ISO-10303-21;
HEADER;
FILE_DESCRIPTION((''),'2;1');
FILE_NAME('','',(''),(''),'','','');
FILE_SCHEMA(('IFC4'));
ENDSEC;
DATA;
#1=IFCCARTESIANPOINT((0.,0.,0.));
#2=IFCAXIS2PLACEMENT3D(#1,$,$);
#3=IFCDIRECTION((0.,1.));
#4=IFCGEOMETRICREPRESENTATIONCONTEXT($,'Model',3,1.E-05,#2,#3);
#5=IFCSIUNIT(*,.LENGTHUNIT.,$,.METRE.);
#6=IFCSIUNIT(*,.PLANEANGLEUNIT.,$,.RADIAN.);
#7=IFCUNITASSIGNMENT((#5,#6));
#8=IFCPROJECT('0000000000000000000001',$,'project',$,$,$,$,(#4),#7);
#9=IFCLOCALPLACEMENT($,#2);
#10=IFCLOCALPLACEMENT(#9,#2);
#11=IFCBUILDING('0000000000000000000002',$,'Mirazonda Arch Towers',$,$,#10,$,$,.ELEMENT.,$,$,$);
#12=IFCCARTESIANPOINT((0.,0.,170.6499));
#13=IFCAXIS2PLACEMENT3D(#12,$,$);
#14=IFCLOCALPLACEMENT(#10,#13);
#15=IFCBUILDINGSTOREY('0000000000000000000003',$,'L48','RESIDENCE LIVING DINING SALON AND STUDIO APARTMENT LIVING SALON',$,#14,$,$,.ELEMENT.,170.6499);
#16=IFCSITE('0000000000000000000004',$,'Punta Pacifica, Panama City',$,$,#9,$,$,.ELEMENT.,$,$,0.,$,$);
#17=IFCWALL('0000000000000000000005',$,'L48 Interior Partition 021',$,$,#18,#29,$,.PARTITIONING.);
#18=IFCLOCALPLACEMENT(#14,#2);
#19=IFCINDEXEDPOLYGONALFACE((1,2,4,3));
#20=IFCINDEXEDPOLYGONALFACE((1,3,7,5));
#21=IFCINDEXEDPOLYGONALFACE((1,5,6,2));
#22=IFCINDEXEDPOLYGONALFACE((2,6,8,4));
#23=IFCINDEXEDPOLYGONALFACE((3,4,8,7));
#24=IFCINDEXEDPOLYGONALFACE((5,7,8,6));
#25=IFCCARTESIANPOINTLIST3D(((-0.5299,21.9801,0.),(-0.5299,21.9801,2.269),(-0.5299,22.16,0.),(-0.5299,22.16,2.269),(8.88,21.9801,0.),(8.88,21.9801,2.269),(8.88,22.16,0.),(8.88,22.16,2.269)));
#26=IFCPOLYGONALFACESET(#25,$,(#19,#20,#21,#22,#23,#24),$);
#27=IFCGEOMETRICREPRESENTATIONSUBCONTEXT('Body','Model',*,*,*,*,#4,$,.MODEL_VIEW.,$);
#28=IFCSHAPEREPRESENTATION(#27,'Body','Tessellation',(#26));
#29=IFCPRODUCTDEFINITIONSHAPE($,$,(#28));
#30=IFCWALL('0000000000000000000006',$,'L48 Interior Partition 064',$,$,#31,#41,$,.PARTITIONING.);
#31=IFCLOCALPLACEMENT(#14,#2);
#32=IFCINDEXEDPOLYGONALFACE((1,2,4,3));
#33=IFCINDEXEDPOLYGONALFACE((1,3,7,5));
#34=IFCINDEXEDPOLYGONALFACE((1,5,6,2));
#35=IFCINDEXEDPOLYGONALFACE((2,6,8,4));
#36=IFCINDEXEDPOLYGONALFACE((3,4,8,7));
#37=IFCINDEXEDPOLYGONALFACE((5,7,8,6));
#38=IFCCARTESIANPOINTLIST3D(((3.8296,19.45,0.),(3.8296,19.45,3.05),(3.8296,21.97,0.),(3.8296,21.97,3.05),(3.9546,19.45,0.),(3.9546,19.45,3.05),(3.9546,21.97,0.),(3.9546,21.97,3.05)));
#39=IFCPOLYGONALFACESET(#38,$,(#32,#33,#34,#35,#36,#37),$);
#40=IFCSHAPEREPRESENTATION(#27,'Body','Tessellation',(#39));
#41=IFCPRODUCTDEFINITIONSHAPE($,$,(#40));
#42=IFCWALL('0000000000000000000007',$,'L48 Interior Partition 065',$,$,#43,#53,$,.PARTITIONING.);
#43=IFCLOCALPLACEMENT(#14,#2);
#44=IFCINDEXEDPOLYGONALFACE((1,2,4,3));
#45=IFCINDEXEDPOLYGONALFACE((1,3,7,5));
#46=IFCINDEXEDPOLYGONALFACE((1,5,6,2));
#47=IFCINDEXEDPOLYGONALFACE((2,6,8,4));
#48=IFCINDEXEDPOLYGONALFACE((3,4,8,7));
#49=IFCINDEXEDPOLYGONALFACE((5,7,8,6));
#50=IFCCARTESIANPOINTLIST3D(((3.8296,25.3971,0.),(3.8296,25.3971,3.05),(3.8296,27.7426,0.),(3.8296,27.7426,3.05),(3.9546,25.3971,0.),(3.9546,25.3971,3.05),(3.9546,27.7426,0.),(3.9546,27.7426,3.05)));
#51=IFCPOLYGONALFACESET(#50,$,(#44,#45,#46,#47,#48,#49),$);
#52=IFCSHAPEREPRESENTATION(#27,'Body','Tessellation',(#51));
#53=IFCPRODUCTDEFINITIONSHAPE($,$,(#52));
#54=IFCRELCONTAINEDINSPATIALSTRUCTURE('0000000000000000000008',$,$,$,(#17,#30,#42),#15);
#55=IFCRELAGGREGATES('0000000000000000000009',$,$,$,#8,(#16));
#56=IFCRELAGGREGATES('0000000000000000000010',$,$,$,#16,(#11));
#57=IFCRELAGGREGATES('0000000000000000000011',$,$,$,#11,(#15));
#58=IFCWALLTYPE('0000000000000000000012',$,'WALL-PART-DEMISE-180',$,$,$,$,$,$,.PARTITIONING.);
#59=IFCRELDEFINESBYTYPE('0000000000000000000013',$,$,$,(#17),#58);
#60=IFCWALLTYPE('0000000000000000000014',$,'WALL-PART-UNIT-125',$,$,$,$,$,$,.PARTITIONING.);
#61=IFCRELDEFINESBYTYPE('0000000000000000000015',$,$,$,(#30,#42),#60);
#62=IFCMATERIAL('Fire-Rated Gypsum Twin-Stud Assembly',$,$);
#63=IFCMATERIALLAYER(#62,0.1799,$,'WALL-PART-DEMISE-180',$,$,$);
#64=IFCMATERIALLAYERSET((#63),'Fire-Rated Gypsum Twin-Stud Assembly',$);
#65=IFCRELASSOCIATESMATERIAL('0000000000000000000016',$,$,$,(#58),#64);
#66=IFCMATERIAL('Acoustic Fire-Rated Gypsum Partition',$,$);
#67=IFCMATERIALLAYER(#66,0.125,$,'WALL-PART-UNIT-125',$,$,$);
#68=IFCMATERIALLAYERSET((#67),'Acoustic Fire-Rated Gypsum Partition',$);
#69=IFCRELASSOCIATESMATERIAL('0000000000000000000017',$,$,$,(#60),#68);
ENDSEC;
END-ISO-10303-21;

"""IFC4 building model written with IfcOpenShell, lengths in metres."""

from ifc_helpers import new_model, si_unit, direction, frame, frame_2d, origin, place, context, subcontext, project, spatial, rectangle, extrude, material, layer, layer_set, type_object, element, save


model = new_model("IFC4")

# Units and contexts
model_context = context("Model", 3, precision=1e-05, world=origin(), true_north=direction((0.0, 1.0)))
body_context = subcontext(model_context, "Body", "Model", "MODEL_VIEW")
ifc_project = project(units=[si_unit("LENGTHUNIT", "METRE"), si_unit("PLANEANGLEUNIT", "RADIAN")], contexts=[model_context])

# Site, building, storey
site_placement = place(None, origin())
site = spatial("IfcSite", under=ifc_project, at=site_placement, Name="Punta Pacifica, Panama City", CompositionType="ELEMENT", RefElevation=0.0)
building_placement = place(site_placement, origin())
building = spatial("IfcBuilding", under=site, at=building_placement, Name="Mirazonda Arch Towers", CompositionType="ELEMENT")
storey_placement = place(building_placement, frame((0.0, 0.0, 170.6499)))
storey = spatial("IfcBuildingStorey", under=building, at=storey_placement, Name="L48", Description="RESIDENCE LIVING DINING SALON AND STUDIO APARTMENT LIVING SALON", CompositionType="ELEMENT", Elevation=170.6499)

# Shared definitions
ifc_material_1 = material(Name="Fire-Rated Gypsum Twin-Stud Assembly")
ifc_layer_1 = layer(ifc_material_1, 0.1799, Name="WALL-PART-DEMISE-180")
ifc_layer_set_1 = layer_set([ifc_layer_1], Name="Fire-Rated Gypsum Twin-Stud Assembly")
wall_type_1 = type_object("IfcWallType", Name="WALL-PART-DEMISE-180", PredefinedType="PARTITIONING", material=ifc_layer_set_1)

# Wall
wall_1_placement = place(storey_placement, frame((-0.53, 22.0701, 0.0), z_axis=(0.0, 0.0, 1.0), x_axis=(1.0, 0.0, 0.0)))
element("IfcWall", 1, at=wall_1_placement, inside=storey, type_object=wall_type_1, Name="L48 Interior Partition 021", PredefinedType="PARTITIONING", context=body_context, shape_type="SweptSolid", body=[
    extrude(rectangle(XDim=9.4099, YDim=0.1799, at=frame_2d((4.7051, 0.0))), origin(), (0.0, 0.0, 1.0), 2.269),
])

# Walls
ifc_material_2 = material(Name="Acoustic Fire-Rated Gypsum Partition")
ifc_layer_2 = layer(ifc_material_2, 0.125, Name="WALL-PART-UNIT-125")
ifc_layer_set_2 = layer_set([ifc_layer_2], Name="Acoustic Fire-Rated Gypsum Partition")
wall_type_2 = type_object("IfcWallType", Name="WALL-PART-UNIT-125", PredefinedType="PARTITIONING", material=ifc_layer_set_2)
wall_2_placement = place(storey_placement, frame((3.8921, 19.45, 0.0), z_axis=(0.0, 0.0, 1.0), x_axis=(0.0, 1.0, 0.0)))
element("IfcWall", 2, at=wall_2_placement, inside=storey, type_object=wall_type_2, Name="L48 Interior Partition 064", PredefinedType="PARTITIONING", context=body_context, shape_type="SweptSolid", body=[
    extrude(rectangle(XDim=2.52, YDim=0.125, at=frame_2d((1.26, 0.0))), origin(), (0.0, 0.0, 1.0), 3.05),
])
wall_3_placement = place(storey_placement, frame((3.8921, 25.397, 0.0), z_axis=(0.0, 0.0, 1.0), x_axis=(0.0, 1.0, 0.0)))
element("IfcWall", 3, at=wall_3_placement, inside=storey, type_object=wall_type_2, Name="L48 Interior Partition 065", PredefinedType="PARTITIONING", context=body_context, shape_type="SweptSolid", body=[
    extrude(rectangle(XDim=2.3455, YDim=0.125, at=frame_2d((1.1729, 0.0))), origin(), (0.0, 0.0, 1.0), 3.05),
])

save(model, "model.ifc")
